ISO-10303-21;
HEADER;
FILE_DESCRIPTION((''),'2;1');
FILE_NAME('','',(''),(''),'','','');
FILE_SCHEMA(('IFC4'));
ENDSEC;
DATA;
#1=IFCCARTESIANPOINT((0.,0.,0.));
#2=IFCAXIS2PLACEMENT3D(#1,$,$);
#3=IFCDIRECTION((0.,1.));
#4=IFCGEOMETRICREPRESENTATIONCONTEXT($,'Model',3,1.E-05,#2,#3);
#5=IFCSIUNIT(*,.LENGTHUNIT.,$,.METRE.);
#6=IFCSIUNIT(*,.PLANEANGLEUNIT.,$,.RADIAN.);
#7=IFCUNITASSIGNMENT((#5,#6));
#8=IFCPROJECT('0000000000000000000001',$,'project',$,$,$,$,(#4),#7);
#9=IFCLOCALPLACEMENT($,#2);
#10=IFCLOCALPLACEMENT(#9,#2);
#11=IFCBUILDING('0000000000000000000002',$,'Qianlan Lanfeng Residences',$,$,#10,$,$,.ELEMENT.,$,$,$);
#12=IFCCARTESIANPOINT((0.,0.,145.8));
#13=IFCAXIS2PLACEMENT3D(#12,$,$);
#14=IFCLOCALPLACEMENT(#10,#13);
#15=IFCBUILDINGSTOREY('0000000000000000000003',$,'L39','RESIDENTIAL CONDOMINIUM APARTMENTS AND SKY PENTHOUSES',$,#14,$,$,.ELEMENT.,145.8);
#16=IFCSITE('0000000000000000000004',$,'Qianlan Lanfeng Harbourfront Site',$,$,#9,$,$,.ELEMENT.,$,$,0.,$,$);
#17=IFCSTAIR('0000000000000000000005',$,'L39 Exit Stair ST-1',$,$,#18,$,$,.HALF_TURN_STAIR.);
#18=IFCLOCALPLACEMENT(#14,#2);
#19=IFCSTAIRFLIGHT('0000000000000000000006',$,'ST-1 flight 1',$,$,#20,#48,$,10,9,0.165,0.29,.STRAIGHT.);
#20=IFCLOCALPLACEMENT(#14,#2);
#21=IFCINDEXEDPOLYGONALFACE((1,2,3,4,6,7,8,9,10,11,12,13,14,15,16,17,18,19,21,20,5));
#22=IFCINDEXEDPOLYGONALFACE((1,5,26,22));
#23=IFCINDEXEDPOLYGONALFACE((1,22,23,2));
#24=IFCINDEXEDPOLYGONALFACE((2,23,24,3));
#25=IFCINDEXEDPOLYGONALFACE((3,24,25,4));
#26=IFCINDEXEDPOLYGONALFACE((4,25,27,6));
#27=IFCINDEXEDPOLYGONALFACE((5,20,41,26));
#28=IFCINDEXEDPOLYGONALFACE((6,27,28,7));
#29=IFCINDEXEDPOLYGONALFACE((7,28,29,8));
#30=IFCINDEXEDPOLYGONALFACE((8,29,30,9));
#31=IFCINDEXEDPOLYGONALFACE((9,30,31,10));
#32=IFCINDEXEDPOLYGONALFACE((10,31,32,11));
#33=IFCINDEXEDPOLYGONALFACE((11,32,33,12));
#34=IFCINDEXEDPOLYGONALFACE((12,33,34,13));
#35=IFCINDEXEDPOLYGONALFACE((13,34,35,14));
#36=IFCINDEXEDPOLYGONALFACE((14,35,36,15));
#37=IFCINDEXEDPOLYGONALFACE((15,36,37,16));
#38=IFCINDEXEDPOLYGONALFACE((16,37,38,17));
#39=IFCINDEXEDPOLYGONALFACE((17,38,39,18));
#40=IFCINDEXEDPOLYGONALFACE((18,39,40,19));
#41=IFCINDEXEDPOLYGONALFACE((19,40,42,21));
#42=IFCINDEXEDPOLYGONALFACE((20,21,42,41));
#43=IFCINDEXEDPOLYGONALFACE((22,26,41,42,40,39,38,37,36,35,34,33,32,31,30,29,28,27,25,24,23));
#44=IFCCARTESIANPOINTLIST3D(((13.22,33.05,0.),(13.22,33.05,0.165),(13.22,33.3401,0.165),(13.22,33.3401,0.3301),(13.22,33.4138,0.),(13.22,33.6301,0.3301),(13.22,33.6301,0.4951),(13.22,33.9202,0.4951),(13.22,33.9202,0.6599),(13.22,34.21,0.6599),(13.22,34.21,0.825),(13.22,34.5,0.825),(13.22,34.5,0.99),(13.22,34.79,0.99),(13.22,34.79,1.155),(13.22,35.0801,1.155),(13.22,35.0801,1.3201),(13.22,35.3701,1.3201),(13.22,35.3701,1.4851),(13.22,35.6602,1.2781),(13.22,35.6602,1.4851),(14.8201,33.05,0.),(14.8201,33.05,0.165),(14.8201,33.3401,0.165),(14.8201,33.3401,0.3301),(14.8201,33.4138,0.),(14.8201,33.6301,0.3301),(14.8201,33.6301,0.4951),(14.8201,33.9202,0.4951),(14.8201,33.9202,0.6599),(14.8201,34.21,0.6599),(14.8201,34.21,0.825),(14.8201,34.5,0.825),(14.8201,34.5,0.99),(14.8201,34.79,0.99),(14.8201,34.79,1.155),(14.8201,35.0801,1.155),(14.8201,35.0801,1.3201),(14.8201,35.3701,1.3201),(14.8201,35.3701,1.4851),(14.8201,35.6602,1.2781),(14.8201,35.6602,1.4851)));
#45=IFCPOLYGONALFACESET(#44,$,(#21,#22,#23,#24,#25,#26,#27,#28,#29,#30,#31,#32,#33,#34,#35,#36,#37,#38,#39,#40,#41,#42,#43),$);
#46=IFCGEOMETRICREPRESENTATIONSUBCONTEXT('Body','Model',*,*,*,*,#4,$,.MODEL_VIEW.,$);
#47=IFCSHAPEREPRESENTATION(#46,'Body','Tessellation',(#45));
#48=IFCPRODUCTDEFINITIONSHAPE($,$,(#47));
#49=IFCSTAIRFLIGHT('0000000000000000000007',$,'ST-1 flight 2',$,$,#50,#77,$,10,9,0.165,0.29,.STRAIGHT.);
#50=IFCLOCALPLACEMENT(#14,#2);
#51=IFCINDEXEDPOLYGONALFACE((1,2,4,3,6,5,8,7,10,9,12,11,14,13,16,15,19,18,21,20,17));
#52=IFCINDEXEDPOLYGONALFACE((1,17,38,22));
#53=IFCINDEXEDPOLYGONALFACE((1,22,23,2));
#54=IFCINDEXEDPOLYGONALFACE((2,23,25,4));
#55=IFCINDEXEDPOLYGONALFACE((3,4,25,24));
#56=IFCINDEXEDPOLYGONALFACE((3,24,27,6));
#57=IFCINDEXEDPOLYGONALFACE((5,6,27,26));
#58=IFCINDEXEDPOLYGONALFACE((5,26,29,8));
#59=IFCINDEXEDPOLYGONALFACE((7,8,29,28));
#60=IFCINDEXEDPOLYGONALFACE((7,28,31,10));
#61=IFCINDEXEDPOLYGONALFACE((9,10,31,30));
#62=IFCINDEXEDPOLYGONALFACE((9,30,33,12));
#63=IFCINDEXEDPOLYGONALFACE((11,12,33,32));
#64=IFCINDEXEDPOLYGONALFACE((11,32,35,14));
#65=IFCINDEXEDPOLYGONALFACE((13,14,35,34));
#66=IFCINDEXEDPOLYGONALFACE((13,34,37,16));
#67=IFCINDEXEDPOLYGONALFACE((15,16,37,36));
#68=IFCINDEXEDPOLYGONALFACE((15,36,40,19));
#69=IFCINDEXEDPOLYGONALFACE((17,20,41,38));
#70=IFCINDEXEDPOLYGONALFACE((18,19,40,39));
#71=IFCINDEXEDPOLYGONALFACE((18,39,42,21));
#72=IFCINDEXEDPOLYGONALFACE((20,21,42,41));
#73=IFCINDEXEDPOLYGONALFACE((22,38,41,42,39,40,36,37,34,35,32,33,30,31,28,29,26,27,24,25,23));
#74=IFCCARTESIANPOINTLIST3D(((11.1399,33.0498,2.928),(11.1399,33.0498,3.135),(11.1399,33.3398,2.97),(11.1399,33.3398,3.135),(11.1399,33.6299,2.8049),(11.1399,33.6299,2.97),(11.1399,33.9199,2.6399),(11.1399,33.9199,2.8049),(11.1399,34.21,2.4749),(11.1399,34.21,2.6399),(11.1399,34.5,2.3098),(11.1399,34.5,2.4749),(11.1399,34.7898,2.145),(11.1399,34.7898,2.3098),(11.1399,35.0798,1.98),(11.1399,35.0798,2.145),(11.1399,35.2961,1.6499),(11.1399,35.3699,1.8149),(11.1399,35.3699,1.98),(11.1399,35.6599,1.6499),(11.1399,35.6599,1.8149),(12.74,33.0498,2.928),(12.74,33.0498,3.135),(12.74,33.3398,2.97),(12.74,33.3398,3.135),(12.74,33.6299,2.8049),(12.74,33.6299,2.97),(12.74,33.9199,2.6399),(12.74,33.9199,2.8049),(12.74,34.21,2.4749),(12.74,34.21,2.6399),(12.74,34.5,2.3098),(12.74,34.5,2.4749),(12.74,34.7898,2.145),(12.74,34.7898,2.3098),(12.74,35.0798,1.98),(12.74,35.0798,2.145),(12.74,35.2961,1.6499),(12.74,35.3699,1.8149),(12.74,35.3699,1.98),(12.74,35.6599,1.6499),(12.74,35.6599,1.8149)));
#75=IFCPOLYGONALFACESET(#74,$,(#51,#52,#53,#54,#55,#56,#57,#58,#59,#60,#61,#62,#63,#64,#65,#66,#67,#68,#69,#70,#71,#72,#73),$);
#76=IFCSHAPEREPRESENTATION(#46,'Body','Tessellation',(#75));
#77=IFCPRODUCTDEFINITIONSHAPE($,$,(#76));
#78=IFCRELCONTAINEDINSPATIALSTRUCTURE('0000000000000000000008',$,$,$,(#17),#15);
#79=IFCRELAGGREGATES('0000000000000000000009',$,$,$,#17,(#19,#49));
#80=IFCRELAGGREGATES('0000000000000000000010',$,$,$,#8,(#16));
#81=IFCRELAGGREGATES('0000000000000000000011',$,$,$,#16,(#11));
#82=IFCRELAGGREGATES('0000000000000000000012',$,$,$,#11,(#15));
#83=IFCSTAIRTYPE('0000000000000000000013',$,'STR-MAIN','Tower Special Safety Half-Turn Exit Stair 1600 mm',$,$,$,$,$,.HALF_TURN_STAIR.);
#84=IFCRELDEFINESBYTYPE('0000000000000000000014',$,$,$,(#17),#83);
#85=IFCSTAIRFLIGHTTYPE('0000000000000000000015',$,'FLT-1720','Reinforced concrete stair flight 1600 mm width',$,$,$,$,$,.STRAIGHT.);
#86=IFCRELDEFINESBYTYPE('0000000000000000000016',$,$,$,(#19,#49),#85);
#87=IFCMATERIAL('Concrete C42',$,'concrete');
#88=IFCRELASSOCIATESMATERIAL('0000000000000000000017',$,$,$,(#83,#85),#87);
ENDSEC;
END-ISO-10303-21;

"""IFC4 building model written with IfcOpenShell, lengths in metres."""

from ifc_helpers import new_model, si_unit, direction, frame, origin, place, context, subcontext, project, spatial, polyline, outline, extrude, material, type_object, element, aggregate, save


model = new_model("IFC4")

# Units and contexts
model_context = context("Model", 3, precision=1e-05, world=origin(), true_north=direction((0.0, 1.0)))
body_context = subcontext(model_context, "Body", "Model", "MODEL_VIEW")
ifc_project = project(units=[si_unit("LENGTHUNIT", "METRE"), si_unit("PLANEANGLEUNIT", "RADIAN")], contexts=[model_context])

# Site, building, storey
site_placement = place(None, origin())
site = spatial("IfcSite", under=ifc_project, at=site_placement, Name="Qianlan Lanfeng Harbourfront Site", CompositionType="ELEMENT", RefElevation=0.0)
building_placement = place(site_placement, origin())
building = spatial("IfcBuilding", under=site, at=building_placement, Name="Qianlan Lanfeng Residences", CompositionType="ELEMENT")
storey_placement = place(building_placement, frame((0.0, 0.0, 145.8)))
storey = spatial("IfcBuildingStorey", under=building, at=storey_placement, Name="L39", Description="RESIDENTIAL CONDOMINIUM APARTMENTS AND SKY PENTHOUSES", CompositionType="ELEMENT", Elevation=145.8)

# Shared definitions
ifc_material_1 = material(Name="Concrete C42", Category="concrete")

# Stair, stair flights
stair_type = type_object("IfcStairType", Name="STR-MAIN", Description="Tower Special Safety Half-Turn Exit Stair 1600 mm", PredefinedType="HALF_TURN_STAIR", material=ifc_material_1)
stair_placement = place(storey_placement, origin())
stair = element("IfcStair", 1, at=stair_placement, inside=storey, type_object=stair_type, Name="L39 Exit Stair ST-1", PredefinedType="HALF_TURN_STAIR")
stair_flight_type = type_object("IfcStairFlightType", Name="FLT-1720", Description="Reinforced concrete stair flight 1600 mm width", PredefinedType="STRAIGHT", material=ifc_material_1)
stair_flight_1_placement = place(storey_placement, frame((14.02, 33.05, 0.0), z_axis=(0.0, 0.0, 1.0), x_axis=(0.0, 1.0, 0.0)))
stair_flight_1 = element("IfcStairFlight", 2, at=stair_flight_1_placement, type_object=stair_flight_type, Name="ST-1 flight 1", NumberOfRisers=10, NumberOfTreads=9, PredefinedType="STRAIGHT", RiserHeight=0.165, TreadLength=0.29, context=body_context, shape_type="SweptSolid", body=[
    extrude(outline(polyline([(0.0, 0.0), (0.0, 0.165), (0.29, 0.165), (0.29, 0.3301), (0.5801, 0.3301), (0.5801, 0.4951), (0.8701, 0.4951), (0.8701, 0.6599), (1.1599, 0.6599), (1.1599, 0.825), (1.45, 0.825), (1.45, 0.99), (1.74, 0.99), (1.74, 1.155), (2.03, 1.155), (2.03, 1.3201), (2.3201, 1.3201), (2.3201, 1.4851), (2.6101, 1.4851), (2.6101, 1.6499), (2.6101, 1.2781), (0.3638, 0.0), (0.0, 0.0)])), frame((0.0, 0.8, 0.0), z_axis=(0.0, -1.0, 0.0), x_axis=(1.0, 0.0, 0.0)), (0.0, 0.0, 1.0), 1.6001),
])
stair_flight_2_placement = place(storey_placement, frame((11.9399, 35.6599, 1.6499), z_axis=(0.0, 0.0, 1.0), x_axis=(0.0, -1.0, 0.0)))
stair_flight_2 = element("IfcStairFlight", 3, at=stair_flight_2_placement, type_object=stair_flight_type, Name="ST-1 flight 2", NumberOfRisers=10, NumberOfTreads=9, PredefinedType="STRAIGHT", RiserHeight=0.165, TreadLength=0.29, context=body_context, shape_type="SweptSolid", body=[
    extrude(outline(polyline([(0.0, 0.0), (0.0, 0.165), (0.29, 0.165), (0.29, 0.3301), (0.5801, 0.3301), (0.5801, 0.4951), (0.8701, 0.4951), (0.8701, 0.6599), (1.1599, 0.6599), (1.1599, 0.825), (1.45, 0.825), (1.45, 0.99), (1.74, 0.99), (1.74, 1.155), (2.03, 1.155), (2.03, 1.3201), (2.3201, 1.3201), (2.3201, 1.4851), (2.6101, 1.4851), (2.6101, 1.6499), (2.6101, 1.2781), (0.3638, 0.0), (0.0, 0.0)])), frame((0.0, 0.8, 0.0), z_axis=(0.0, -1.0, 0.0), x_axis=(1.0, 0.0, 0.0)), (0.0, 0.0, 1.0), 1.6001),
])
aggregate(stair, [stair_flight_1, stair_flight_2])

save(model, "model.ifc")
